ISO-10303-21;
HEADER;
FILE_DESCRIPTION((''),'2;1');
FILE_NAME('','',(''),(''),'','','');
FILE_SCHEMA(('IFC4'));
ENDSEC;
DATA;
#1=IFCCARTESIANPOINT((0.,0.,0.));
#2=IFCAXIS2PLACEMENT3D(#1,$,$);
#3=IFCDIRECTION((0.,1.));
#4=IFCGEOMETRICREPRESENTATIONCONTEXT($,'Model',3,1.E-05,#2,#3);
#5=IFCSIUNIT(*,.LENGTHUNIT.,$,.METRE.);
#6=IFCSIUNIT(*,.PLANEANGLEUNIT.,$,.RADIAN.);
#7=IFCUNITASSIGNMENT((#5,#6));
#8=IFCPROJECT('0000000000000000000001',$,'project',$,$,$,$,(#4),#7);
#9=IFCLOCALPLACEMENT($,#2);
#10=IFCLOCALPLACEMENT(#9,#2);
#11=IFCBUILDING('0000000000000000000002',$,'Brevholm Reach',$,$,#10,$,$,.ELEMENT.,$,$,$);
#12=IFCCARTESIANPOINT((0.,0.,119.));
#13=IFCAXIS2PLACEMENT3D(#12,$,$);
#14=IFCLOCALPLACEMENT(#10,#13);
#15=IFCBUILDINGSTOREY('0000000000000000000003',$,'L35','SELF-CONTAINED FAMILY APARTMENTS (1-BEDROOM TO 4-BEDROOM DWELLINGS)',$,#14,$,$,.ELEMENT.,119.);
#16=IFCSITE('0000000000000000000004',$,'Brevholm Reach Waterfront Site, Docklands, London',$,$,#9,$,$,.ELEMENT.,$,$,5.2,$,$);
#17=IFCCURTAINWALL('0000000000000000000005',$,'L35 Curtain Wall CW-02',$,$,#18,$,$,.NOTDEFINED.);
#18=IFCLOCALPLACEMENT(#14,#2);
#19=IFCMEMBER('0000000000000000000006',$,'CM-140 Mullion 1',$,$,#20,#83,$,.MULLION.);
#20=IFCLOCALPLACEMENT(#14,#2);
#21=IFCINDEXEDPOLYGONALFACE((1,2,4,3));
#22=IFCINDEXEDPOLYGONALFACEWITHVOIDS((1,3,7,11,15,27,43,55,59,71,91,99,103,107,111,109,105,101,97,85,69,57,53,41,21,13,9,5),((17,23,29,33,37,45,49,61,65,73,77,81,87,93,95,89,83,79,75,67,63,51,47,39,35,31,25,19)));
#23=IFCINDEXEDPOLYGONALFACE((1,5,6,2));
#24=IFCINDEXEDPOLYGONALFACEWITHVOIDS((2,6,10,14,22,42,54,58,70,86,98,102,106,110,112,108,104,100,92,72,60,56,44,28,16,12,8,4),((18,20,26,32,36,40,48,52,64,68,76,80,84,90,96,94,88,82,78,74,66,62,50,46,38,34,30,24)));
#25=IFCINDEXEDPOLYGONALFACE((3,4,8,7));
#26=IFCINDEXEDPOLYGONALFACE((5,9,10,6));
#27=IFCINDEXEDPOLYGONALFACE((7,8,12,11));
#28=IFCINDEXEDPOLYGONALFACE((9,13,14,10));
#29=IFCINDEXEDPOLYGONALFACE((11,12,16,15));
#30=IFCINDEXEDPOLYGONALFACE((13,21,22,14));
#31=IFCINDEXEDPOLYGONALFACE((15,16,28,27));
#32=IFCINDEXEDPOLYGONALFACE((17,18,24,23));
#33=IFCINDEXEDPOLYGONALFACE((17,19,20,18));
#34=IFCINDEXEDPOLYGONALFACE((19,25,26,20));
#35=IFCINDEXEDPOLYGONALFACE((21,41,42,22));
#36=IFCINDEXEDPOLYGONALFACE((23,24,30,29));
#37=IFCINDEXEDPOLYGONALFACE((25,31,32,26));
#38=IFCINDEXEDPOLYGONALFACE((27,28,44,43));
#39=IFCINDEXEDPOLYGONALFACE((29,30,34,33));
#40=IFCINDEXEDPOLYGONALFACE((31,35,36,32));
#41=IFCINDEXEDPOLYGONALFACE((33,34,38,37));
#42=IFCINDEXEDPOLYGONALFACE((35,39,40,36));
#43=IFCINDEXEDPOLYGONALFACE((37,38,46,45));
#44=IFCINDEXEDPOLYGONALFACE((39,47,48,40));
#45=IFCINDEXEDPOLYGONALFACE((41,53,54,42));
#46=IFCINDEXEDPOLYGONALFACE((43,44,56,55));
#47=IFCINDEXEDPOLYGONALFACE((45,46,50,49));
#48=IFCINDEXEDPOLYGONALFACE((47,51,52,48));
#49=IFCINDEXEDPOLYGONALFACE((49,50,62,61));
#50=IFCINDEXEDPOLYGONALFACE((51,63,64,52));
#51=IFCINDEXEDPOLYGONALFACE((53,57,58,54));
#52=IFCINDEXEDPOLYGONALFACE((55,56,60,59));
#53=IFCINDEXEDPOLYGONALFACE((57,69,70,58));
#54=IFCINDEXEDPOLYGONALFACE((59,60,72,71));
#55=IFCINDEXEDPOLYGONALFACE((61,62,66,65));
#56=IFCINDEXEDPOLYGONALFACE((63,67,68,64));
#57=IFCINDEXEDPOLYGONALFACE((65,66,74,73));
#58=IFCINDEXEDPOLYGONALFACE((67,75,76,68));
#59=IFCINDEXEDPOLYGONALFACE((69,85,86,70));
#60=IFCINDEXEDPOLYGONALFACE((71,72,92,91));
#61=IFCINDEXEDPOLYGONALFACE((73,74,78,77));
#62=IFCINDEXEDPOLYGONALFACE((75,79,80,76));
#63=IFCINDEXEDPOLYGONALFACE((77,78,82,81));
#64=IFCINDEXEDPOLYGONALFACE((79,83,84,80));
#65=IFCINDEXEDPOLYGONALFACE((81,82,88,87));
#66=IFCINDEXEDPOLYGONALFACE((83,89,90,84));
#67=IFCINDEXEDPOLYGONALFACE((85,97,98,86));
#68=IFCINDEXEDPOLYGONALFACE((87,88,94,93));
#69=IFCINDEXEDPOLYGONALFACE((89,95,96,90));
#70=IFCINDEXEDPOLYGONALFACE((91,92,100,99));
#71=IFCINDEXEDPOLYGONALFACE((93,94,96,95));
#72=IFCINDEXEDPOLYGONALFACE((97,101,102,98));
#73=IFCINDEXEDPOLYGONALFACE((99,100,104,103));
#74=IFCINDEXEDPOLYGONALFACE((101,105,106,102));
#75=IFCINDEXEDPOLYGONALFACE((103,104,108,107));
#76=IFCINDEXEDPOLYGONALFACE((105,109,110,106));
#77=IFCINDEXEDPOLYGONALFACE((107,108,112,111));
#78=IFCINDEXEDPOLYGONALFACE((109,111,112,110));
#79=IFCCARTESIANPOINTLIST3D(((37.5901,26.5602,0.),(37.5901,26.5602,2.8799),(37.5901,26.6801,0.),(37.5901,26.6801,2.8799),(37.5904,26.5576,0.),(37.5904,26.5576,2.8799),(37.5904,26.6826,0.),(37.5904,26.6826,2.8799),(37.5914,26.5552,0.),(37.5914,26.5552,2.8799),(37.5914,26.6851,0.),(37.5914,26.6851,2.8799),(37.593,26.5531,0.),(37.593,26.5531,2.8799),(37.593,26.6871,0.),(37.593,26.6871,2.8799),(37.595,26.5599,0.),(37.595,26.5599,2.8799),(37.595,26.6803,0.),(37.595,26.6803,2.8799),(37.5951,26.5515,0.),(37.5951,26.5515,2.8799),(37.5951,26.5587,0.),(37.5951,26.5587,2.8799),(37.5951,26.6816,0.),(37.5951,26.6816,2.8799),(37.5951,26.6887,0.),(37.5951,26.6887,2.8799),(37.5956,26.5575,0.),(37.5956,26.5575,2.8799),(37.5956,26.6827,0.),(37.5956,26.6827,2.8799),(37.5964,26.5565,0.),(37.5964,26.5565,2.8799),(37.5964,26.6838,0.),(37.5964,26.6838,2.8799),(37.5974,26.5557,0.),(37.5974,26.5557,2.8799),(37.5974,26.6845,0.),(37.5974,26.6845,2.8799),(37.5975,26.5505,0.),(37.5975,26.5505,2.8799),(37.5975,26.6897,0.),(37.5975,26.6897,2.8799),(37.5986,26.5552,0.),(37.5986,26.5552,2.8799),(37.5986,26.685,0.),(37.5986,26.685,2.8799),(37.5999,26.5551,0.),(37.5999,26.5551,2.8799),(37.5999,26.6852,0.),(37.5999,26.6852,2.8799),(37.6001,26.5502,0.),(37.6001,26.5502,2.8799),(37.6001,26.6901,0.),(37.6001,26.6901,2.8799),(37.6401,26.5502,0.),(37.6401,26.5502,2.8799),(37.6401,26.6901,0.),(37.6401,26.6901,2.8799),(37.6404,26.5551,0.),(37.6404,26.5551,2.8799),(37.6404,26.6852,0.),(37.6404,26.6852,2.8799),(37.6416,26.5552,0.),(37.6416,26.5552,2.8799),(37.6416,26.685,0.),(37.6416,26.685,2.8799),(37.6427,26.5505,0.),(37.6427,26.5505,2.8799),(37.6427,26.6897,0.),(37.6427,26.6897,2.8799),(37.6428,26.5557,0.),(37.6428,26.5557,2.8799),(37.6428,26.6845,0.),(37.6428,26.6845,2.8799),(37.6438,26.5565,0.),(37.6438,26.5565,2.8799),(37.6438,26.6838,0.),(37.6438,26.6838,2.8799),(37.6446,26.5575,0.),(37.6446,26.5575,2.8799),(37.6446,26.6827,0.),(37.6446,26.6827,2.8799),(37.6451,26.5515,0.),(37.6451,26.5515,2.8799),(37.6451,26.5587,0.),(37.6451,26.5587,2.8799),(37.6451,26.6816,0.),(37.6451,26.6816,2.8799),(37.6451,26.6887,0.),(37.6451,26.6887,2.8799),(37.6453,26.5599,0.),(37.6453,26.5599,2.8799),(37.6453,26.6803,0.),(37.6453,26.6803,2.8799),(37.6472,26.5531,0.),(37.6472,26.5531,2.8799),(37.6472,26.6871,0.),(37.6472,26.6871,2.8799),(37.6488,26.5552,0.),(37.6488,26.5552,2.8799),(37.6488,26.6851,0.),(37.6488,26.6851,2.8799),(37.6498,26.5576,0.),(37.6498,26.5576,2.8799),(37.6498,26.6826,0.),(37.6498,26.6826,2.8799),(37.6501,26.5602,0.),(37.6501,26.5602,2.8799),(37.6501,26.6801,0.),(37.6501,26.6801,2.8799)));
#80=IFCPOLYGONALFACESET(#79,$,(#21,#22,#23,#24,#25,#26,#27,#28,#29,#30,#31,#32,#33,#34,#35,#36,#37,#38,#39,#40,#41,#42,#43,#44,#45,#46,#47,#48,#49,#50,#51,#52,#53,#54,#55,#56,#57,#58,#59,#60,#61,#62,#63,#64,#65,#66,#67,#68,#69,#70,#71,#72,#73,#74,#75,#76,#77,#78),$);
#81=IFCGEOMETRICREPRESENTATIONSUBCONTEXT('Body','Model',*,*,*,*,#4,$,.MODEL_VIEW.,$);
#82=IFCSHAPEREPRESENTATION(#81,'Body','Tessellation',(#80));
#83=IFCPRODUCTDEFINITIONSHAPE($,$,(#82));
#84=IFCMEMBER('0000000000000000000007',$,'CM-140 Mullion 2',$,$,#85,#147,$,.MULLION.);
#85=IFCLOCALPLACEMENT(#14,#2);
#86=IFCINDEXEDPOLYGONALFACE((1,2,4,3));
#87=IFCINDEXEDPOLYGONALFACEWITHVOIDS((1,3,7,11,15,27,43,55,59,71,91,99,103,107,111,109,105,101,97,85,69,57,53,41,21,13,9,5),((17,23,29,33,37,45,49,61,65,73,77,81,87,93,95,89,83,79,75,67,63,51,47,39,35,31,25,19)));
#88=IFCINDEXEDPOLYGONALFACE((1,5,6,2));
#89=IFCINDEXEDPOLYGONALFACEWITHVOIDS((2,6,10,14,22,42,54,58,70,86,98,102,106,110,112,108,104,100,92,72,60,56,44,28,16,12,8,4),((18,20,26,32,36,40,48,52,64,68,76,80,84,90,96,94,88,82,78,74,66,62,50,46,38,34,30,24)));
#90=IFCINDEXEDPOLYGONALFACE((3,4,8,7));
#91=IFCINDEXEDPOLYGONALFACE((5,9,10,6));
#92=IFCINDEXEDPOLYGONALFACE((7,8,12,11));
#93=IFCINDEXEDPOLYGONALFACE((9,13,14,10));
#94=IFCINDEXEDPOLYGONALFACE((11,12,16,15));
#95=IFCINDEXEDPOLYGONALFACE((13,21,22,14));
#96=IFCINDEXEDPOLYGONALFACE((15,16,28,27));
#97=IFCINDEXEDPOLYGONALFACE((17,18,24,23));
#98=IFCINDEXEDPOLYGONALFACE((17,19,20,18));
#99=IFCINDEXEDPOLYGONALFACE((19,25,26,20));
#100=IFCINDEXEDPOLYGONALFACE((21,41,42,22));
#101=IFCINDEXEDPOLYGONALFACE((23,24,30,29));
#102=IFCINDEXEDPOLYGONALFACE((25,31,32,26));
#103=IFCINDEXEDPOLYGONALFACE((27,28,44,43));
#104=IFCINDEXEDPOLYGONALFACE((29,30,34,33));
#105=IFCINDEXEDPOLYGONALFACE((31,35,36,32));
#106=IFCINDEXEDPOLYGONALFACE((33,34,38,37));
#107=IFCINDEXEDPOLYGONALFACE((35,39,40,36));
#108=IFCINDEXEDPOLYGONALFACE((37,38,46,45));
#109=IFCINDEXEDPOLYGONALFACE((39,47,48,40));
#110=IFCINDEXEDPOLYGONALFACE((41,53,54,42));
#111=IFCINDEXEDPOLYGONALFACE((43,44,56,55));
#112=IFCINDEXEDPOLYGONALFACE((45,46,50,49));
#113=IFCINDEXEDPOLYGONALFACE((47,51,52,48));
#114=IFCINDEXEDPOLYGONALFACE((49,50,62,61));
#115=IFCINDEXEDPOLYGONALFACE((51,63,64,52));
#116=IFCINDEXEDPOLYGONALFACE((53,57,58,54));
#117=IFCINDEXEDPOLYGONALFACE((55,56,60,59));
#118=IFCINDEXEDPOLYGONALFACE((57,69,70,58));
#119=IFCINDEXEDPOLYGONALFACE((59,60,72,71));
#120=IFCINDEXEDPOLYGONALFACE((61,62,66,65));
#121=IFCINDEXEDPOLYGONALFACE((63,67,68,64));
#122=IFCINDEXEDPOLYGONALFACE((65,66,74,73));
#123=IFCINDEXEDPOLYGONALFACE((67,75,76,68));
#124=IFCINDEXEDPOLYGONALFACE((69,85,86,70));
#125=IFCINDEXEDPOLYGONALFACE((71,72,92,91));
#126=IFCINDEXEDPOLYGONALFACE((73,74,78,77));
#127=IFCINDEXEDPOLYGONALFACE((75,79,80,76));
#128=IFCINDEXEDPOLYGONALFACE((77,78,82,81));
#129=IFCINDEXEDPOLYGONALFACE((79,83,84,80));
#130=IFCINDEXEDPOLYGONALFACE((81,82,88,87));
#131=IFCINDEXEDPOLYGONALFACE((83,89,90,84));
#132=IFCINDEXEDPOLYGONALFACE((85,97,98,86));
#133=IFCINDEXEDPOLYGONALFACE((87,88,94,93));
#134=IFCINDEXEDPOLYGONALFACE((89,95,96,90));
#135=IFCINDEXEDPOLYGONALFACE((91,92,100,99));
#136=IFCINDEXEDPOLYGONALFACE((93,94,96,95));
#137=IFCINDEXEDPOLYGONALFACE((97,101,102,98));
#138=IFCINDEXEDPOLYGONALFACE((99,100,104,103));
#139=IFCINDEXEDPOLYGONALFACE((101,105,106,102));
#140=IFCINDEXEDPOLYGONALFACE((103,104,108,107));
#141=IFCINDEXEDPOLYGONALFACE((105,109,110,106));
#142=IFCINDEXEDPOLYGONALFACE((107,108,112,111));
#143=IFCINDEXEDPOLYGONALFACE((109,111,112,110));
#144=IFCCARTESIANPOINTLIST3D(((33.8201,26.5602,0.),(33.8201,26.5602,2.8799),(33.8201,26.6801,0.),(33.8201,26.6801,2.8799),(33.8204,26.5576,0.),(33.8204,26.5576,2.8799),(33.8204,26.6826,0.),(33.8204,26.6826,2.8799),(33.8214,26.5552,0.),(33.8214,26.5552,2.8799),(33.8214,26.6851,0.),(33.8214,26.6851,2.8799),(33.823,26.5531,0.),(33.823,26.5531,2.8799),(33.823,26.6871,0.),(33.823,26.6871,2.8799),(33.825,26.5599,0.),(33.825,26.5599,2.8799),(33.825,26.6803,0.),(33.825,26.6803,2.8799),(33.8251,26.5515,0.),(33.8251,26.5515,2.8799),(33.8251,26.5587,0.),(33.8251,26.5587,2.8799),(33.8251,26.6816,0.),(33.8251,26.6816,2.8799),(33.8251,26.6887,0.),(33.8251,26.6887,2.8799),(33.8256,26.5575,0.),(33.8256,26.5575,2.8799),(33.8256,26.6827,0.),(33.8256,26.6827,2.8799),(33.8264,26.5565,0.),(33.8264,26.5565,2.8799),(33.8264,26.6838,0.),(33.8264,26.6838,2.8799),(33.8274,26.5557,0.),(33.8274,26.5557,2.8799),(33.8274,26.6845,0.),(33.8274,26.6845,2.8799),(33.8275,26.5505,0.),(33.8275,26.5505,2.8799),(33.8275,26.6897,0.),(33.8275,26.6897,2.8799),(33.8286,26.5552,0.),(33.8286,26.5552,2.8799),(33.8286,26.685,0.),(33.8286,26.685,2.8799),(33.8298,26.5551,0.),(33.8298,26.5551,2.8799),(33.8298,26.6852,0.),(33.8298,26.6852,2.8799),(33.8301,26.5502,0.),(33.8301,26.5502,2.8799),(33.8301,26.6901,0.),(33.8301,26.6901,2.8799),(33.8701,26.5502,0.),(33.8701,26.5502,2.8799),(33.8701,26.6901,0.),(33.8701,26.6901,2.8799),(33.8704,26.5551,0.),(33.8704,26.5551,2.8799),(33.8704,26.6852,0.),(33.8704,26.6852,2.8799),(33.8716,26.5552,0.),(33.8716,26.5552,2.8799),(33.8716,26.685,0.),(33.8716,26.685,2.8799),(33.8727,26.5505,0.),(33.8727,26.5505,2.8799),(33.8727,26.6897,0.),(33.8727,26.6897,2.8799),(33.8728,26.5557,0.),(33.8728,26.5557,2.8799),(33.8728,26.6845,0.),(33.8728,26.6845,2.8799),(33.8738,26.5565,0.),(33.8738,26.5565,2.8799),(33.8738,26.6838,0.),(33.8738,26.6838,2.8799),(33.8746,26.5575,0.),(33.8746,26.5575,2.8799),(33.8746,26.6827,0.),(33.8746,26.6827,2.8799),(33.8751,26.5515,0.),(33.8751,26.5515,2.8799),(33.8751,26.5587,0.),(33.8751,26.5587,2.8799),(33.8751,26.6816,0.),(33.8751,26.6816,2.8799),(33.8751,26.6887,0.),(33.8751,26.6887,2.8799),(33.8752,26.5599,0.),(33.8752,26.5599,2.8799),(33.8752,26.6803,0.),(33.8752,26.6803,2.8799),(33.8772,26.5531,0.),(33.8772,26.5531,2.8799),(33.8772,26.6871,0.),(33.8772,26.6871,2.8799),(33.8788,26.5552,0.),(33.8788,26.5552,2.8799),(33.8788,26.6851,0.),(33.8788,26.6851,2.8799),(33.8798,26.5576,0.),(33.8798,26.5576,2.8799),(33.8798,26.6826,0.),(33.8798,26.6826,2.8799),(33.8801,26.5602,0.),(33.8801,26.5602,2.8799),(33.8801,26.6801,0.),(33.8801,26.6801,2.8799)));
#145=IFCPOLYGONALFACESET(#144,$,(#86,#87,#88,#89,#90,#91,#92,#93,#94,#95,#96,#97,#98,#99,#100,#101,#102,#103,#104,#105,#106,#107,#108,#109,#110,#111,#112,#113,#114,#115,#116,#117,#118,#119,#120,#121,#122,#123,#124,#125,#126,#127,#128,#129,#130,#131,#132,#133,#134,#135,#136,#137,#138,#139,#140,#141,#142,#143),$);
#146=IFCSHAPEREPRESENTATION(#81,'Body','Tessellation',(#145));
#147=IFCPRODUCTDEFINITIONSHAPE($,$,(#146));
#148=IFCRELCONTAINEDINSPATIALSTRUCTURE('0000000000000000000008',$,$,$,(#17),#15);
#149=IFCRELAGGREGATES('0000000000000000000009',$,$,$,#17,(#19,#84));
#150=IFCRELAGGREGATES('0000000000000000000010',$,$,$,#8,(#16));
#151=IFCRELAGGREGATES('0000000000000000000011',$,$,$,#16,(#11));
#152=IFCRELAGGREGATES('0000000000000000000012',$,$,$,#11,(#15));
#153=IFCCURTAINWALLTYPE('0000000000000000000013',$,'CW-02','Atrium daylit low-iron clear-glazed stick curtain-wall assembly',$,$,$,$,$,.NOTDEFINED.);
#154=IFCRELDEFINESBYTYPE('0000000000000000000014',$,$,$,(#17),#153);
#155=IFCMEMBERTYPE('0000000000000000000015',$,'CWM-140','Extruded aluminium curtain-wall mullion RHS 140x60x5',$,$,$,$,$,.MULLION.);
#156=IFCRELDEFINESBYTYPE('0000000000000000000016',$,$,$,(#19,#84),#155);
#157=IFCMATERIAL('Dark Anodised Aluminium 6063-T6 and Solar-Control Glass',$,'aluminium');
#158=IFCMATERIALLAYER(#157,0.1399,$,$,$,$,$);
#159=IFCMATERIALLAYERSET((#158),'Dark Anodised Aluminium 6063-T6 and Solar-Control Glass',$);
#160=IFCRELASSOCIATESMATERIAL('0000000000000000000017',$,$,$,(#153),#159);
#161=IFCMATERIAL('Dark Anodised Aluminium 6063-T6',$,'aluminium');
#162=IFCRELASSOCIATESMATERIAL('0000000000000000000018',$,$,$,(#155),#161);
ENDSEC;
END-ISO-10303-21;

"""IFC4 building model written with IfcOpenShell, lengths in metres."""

from ifc_helpers import new_model, si_unit, direction, frame, origin, origin_2d, place, context, subcontext, project, spatial, hollow_rectangle, extrude, material, layer, layer_set, material_profile, profile_set, type_object, element, aggregate, save


model = new_model("IFC4")

# Units and contexts
model_context = context("Model", 3, precision=1e-05, world=origin(), true_north=direction((0.0, 1.0)))
body_context = subcontext(model_context, "Body", "Model", "MODEL_VIEW")
ifc_project = project(units=[si_unit("LENGTHUNIT", "METRE"), si_unit("PLANEANGLEUNIT", "RADIAN")], contexts=[model_context])

# Site, building, storey
site_placement = place(None, origin())
site = spatial("IfcSite", under=ifc_project, at=site_placement, Name="Brevholm Reach Waterfront Site, Docklands, London", CompositionType="ELEMENT", RefElevation=5.2)
building_placement = place(site_placement, origin())
building = spatial("IfcBuilding", under=site, at=building_placement, Name="Brevholm Reach", CompositionType="ELEMENT")
storey_placement = place(building_placement, frame((0.0, 0.0, 119.0)))
storey = spatial("IfcBuildingStorey", under=building, at=storey_placement, Name="L35", Description="SELF-CONTAINED FAMILY APARTMENTS (1-BEDROOM TO 4-BEDROOM DWELLINGS)", CompositionType="ELEMENT", Elevation=119.0)

# Curtain wall, members
ifc_material_1 = material(Name="Dark Anodised Aluminium 6063-T6 and Solar-Control Glass", Category="aluminium")
ifc_layer_1 = layer(ifc_material_1, 0.1399)
ifc_layer_set_1 = layer_set([ifc_layer_1], Name="Dark Anodised Aluminium 6063-T6 and Solar-Control Glass")
curtain_wall_type_1 = type_object("IfcCurtainWallType", Name="CW-02", Description="Atrium daylit low-iron clear-glazed stick curtain-wall assembly", PredefinedType="NOTDEFINED", material=ifc_layer_set_1)
curtain_wall_1_placement = place(storey_placement, origin())
curtain_wall_1 = element("IfcCurtainWall", 1, at=curtain_wall_1_placement, inside=storey, type_object=curtain_wall_type_1, Name="L35 Curtain Wall CW-02", PredefinedType="NOTDEFINED")
ifc_material_2 = material(Name="Dark Anodised Aluminium 6063-T6", Category="aluminium")
ifc_material_profile_1 = material_profile(ifc_material_2, hollow_rectangle(XDim=0.0601, YDim=0.1399, WallThickness=0.0049, InnerFilletRadius=0.0049, OuterFilletRadius=0.01, at=origin_2d()), Name="RHS 140x60x5")
ifc_profile_set_1 = profile_set([ifc_material_profile_1], Name="Dark Anodised Aluminium 6063-T6")
member_type_1 = type_object("IfcMemberType", Name="CWM-140", Description="Extruded aluminium curtain-wall mullion RHS 140x60x5", PredefinedType="MULLION", material=ifc_profile_set_1)
member_1_placement = place(storey_placement, frame((37.6201, 26.6201, 0.0), z_axis=(0.0, 0.0, 1.0), x_axis=(-1.0, 0.0, 0.0)))
member_1 = element("IfcMember", 2, at=member_1_placement, type_object=member_type_1, Name="CM-140 Mullion 1", PredefinedType="MULLION", context=body_context, shape_type="SweptSolid", body=[
    extrude(hollow_rectangle(XDim=0.0601, YDim=0.1399, WallThickness=0.0049, InnerFilletRadius=0.0049, OuterFilletRadius=0.01, at=origin_2d()), origin(), (0.0, 0.0, 1.0), 2.8799),
])
member_2_placement = place(storey_placement, frame((33.8501, 26.6201, 0.0), z_axis=(0.0, 0.0, 1.0), x_axis=(-1.0, 0.0, 0.0)))
member_2 = element("IfcMember", 3, at=member_2_placement, type_object=member_type_1, Name="CM-140 Mullion 2", PredefinedType="MULLION", context=body_context, shape_type="SweptSolid", body=[
    extrude(hollow_rectangle(XDim=0.0601, YDim=0.1399, WallThickness=0.0049, InnerFilletRadius=0.0049, OuterFilletRadius=0.01, at=origin_2d()), origin(), (0.0, 0.0, 1.0), 2.8799),
])

aggregate(curtain_wall_1, [member_1, member_2])

save(model, "model.ifc")
